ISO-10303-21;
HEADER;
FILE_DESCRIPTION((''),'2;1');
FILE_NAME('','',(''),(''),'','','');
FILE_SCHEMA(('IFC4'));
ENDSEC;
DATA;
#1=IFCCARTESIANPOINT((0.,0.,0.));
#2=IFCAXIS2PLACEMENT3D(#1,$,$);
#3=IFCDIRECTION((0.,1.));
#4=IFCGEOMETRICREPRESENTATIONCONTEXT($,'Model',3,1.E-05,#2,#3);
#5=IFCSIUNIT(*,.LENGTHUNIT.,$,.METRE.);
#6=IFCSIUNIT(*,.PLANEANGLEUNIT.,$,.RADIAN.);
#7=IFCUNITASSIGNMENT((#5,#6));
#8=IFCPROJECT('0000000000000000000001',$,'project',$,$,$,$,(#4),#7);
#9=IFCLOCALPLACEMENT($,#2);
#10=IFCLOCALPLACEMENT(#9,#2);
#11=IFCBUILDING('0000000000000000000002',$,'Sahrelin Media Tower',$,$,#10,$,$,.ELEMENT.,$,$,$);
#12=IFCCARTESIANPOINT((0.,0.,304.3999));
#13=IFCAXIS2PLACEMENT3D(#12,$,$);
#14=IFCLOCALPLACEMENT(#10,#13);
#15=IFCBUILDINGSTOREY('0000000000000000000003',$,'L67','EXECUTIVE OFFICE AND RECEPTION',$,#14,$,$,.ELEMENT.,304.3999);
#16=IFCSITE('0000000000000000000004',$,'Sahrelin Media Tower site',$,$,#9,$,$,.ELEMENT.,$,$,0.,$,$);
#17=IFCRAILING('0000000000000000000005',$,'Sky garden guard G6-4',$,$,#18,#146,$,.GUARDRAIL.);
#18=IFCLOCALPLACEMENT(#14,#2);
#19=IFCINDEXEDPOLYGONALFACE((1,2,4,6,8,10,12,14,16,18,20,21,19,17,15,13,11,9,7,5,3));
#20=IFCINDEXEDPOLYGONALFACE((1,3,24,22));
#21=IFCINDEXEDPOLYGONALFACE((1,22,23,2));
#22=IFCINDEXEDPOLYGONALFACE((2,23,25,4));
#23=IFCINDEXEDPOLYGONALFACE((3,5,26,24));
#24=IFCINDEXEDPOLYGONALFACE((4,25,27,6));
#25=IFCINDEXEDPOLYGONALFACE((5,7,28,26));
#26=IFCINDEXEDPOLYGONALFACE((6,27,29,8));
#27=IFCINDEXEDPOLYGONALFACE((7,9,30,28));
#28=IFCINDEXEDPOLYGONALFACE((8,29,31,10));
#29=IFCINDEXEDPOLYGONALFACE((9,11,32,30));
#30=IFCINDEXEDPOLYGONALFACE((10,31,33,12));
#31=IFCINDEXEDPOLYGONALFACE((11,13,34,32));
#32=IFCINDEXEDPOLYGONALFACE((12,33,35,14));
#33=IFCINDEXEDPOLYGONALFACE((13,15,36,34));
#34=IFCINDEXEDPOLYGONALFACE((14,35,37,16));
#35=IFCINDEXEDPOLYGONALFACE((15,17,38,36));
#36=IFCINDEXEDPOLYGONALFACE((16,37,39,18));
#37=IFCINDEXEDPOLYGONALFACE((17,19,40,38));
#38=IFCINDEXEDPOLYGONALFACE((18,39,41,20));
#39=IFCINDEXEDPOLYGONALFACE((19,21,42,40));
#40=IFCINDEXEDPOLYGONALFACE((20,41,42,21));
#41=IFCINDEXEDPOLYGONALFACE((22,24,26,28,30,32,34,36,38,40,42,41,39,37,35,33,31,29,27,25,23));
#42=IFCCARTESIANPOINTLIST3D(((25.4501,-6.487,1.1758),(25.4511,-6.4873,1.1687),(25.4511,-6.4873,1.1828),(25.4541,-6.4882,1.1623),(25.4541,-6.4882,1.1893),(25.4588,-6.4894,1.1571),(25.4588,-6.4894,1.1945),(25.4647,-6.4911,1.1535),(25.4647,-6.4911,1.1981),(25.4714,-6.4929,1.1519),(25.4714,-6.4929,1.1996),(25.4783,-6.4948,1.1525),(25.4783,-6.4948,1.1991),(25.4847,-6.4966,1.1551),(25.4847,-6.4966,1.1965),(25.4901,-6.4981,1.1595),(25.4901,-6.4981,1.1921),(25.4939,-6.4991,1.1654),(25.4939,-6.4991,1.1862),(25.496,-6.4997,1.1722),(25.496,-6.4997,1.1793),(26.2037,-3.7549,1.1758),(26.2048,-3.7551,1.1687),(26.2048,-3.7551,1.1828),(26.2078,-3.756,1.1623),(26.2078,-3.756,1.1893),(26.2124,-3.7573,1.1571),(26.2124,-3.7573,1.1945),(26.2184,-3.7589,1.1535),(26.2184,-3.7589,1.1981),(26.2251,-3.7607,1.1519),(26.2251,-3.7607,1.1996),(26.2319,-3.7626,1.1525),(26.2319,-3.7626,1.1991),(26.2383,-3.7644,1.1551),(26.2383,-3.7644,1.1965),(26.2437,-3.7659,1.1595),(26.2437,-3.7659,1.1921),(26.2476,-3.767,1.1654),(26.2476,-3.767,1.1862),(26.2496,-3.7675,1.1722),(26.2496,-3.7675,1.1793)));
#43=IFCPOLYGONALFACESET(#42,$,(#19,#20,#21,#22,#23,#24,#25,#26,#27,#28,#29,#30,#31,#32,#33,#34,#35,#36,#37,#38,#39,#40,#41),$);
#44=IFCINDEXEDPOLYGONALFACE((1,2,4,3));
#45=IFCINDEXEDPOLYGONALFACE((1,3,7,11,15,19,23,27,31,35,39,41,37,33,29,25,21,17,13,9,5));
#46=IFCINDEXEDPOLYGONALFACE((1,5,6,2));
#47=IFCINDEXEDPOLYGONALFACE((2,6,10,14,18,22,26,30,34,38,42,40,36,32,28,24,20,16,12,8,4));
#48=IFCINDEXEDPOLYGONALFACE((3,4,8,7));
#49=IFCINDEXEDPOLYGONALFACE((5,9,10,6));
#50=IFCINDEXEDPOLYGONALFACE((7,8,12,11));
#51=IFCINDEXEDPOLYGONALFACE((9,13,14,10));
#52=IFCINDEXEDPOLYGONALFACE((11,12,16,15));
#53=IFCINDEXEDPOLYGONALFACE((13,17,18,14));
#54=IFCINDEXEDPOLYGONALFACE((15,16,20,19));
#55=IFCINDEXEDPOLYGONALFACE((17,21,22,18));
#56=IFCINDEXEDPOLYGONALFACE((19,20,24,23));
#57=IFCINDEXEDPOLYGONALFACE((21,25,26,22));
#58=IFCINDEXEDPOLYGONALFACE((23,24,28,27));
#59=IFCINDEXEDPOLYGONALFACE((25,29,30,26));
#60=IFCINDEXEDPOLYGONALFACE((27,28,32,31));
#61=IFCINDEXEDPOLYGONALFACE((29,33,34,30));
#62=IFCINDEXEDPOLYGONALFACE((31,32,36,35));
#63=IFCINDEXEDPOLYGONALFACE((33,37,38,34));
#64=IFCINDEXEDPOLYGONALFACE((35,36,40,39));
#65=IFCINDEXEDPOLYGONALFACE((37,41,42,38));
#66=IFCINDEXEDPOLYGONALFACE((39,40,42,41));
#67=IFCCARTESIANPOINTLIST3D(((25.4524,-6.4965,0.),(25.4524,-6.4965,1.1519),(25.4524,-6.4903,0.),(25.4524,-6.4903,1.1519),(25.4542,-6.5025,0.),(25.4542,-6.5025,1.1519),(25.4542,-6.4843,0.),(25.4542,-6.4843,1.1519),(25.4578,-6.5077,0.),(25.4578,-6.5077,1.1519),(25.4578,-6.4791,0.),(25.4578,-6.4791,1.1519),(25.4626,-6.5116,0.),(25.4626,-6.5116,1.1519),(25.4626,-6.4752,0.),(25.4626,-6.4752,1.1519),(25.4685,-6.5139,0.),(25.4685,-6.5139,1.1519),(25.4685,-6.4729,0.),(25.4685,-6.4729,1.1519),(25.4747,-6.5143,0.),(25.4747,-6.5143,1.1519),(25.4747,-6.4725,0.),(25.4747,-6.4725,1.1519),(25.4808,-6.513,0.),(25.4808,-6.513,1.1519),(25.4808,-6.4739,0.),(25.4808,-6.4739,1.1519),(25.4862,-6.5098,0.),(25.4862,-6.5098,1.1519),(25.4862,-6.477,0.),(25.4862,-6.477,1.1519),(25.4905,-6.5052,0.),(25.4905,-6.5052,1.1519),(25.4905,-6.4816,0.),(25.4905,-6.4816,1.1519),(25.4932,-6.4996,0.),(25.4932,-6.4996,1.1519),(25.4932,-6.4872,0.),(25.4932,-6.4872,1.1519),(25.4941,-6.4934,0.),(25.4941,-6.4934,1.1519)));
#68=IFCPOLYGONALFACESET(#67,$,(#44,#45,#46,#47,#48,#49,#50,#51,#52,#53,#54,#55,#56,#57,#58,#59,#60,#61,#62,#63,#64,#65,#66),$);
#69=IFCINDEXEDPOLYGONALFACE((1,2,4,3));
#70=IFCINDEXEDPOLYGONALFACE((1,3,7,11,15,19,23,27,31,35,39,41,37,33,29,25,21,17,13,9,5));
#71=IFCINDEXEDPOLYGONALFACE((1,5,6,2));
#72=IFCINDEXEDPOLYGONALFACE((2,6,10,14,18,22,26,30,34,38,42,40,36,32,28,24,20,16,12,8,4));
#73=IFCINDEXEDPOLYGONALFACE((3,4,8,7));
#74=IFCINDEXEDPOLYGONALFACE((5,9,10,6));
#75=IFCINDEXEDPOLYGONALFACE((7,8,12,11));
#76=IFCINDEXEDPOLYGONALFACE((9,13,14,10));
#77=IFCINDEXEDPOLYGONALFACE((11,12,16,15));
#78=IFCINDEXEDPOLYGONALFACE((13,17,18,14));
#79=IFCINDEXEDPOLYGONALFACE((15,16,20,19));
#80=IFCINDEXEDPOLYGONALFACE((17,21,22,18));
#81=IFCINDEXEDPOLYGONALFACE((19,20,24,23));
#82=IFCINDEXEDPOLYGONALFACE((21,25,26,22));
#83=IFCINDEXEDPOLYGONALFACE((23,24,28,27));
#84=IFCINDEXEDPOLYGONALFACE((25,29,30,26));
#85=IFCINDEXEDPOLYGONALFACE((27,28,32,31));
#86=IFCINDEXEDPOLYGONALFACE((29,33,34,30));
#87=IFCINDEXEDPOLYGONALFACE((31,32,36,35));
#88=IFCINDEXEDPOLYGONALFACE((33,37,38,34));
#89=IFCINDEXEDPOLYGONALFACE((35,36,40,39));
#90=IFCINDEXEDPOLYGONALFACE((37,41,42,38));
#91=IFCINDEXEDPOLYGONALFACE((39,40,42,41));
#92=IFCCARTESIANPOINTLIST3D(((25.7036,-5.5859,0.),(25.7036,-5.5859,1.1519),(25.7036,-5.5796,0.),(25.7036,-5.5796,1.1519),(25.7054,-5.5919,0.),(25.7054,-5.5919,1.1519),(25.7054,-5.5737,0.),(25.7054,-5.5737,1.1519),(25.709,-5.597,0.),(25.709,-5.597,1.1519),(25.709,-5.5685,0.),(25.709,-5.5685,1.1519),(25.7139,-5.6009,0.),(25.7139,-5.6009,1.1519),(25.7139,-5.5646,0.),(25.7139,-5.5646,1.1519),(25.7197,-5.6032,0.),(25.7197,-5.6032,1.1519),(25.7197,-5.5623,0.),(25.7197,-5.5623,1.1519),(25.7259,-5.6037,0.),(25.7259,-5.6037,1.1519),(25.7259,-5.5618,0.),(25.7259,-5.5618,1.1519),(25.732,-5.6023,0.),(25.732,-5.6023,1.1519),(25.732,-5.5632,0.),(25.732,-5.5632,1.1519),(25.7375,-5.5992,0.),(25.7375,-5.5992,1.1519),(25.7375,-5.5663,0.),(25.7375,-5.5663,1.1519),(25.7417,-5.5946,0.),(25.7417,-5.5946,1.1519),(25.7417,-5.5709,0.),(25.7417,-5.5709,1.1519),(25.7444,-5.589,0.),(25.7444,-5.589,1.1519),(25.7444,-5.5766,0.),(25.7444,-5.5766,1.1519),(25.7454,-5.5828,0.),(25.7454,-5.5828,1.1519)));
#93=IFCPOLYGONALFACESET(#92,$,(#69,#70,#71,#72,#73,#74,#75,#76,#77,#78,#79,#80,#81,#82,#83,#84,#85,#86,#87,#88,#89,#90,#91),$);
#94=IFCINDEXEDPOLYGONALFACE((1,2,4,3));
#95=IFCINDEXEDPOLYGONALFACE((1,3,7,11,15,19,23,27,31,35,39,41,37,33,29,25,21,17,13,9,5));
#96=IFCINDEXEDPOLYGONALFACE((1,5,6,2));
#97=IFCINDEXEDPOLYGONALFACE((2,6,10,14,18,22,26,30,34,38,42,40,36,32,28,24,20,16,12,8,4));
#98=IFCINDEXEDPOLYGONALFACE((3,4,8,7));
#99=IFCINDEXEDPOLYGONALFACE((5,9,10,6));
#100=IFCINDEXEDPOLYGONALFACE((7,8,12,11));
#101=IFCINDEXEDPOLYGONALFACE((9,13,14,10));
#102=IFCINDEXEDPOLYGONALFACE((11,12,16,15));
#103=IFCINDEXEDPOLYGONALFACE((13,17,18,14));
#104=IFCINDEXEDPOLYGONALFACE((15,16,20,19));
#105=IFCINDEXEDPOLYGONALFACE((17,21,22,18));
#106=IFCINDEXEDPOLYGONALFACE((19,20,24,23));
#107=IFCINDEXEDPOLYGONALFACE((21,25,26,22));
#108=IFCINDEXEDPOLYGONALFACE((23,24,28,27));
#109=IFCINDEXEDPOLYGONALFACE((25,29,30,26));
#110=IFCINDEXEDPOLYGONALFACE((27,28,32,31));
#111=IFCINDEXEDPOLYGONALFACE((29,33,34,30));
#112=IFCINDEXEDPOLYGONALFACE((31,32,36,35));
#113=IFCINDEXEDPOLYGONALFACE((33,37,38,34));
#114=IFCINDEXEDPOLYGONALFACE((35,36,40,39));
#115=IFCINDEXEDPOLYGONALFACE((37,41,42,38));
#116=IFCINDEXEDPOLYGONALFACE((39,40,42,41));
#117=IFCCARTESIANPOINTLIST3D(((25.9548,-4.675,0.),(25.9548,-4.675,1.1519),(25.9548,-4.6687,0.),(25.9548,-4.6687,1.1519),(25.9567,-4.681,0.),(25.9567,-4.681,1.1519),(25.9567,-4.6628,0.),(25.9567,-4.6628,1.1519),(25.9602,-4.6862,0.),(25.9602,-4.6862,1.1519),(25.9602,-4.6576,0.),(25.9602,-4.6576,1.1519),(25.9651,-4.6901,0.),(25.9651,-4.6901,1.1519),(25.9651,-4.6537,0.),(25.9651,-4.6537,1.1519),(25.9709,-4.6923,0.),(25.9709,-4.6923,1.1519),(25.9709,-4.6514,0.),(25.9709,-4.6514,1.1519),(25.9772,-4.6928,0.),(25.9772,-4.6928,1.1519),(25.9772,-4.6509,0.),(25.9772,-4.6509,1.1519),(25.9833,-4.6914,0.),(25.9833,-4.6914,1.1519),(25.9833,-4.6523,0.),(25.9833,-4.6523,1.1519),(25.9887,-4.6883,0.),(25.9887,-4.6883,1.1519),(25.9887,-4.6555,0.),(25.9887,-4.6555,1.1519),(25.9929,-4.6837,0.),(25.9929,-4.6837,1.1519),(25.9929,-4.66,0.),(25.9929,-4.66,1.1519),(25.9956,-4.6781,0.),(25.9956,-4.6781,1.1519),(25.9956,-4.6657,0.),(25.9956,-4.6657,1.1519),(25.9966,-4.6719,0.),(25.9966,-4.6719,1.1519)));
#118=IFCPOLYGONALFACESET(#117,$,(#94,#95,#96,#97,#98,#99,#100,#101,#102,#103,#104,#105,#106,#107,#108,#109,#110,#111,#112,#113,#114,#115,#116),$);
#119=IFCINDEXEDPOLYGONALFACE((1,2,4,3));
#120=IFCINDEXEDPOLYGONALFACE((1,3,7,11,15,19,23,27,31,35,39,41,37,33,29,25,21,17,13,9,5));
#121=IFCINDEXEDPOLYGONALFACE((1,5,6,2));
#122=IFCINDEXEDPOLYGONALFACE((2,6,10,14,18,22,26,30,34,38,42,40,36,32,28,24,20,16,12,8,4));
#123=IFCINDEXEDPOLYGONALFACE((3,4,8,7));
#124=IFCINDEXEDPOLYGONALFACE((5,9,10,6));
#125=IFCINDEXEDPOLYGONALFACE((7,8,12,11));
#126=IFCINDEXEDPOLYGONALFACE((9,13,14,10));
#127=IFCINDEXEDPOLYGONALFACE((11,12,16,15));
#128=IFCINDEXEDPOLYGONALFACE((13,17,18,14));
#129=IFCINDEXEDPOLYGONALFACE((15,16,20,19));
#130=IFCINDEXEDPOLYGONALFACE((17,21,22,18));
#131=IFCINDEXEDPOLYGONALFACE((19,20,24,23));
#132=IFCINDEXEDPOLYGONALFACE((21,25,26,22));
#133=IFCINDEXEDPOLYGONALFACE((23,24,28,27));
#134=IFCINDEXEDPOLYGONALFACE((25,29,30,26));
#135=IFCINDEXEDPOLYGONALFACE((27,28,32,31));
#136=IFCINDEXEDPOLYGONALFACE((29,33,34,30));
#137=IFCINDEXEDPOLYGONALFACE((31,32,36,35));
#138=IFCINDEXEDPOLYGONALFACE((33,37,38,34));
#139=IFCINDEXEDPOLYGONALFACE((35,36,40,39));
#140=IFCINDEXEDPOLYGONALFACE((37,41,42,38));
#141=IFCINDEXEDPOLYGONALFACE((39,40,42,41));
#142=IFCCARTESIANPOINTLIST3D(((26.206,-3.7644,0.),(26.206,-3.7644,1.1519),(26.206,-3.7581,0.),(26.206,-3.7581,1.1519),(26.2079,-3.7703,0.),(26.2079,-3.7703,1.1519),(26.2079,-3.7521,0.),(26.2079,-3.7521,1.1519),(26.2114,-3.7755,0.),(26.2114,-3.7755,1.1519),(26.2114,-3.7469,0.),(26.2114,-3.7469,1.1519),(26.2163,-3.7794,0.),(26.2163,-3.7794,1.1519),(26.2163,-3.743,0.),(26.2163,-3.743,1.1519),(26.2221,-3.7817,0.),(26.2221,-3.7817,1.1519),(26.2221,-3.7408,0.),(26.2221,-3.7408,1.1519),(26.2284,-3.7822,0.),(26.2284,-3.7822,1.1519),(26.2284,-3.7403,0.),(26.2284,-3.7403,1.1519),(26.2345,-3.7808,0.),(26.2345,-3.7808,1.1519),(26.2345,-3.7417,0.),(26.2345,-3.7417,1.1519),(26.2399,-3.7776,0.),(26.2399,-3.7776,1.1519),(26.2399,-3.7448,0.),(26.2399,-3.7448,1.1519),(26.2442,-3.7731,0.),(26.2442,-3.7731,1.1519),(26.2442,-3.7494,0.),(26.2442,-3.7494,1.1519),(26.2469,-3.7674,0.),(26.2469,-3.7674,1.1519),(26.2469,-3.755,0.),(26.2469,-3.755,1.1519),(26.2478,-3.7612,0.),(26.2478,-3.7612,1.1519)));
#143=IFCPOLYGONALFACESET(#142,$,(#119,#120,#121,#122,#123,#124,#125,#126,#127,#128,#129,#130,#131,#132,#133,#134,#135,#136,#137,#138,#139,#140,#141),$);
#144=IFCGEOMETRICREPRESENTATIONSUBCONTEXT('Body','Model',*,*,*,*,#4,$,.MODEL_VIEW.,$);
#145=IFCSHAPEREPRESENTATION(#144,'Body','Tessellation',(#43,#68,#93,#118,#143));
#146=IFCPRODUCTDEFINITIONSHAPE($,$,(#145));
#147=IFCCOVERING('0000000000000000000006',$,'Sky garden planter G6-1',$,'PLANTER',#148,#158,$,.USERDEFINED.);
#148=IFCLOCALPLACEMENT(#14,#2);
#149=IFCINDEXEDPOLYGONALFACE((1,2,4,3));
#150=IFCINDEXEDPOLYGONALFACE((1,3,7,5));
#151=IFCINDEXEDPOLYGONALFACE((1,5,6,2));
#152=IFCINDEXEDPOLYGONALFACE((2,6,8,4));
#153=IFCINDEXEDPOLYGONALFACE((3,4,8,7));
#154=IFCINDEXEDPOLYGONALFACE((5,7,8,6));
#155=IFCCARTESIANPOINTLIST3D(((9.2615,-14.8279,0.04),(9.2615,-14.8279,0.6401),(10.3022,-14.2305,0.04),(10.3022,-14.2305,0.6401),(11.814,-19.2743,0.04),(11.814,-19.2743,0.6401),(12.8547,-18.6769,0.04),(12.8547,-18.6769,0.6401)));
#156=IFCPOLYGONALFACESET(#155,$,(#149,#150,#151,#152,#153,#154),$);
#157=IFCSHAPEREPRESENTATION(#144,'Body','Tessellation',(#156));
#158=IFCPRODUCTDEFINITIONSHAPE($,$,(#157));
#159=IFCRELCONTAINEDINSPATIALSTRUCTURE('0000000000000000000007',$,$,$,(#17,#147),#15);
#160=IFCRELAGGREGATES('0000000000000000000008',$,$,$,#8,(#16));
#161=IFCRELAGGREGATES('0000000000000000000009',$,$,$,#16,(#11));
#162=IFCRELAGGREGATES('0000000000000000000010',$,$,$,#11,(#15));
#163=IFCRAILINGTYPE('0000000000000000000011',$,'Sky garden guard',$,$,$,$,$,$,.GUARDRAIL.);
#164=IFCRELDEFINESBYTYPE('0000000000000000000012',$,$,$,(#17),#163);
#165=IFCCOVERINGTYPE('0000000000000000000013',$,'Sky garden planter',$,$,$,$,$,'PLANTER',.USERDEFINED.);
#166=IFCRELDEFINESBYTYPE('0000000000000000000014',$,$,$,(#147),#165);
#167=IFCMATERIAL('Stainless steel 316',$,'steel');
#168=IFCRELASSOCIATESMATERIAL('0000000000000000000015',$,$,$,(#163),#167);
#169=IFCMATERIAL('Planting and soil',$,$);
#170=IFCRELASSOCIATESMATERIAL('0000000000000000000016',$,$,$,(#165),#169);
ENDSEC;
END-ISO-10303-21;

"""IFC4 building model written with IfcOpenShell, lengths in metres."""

from ifc_helpers import new_model, si_unit, direction, frame, origin, origin_2d, place, context, subcontext, project, spatial, rectangle, circle, extrude, material, type_object, element, save


model = new_model("IFC4")

# Units and contexts
model_context = context("Model", 3, precision=1e-05, world=origin(), true_north=direction((0.0, 1.0)))
body_context = subcontext(model_context, "Body", "Model", "MODEL_VIEW")
ifc_project = project(units=[si_unit("LENGTHUNIT", "METRE"), si_unit("PLANEANGLEUNIT", "RADIAN")], contexts=[model_context])

# Site, building, storey
site_placement = place(None, origin())
site = spatial("IfcSite", under=ifc_project, at=site_placement, Name="Sahrelin Media Tower site", CompositionType="ELEMENT", RefElevation=0.0)
building_placement = place(site_placement, origin())
building = spatial("IfcBuilding", under=site, at=building_placement, Name="Sahrelin Media Tower", CompositionType="ELEMENT")
storey_placement = place(building_placement, frame((0.0, 0.0, 304.3999)))
storey = spatial("IfcBuildingStorey", under=building, at=storey_placement, Name="L67", Description="EXECUTIVE OFFICE AND RECEPTION", CompositionType="ELEMENT", Elevation=304.3999)

# Railing
ifc_material_1 = material(Name="Stainless steel 316", Category="steel")
railing_type = type_object("IfcRailingType", Name="Sky garden guard", PredefinedType="GUARDRAIL", material=ifc_material_1)
railing_1_placement = place(storey_placement, frame((25.4731, -6.4934, 0.0)))
element("IfcRailing", 1, at=railing_1_placement, inside=storey, type_object=railing_type, Name="Sky garden guard G6-4", PredefinedType="GUARDRAIL", context=body_context, shape_type="SweptSolid", body=[
    extrude(circle(Radius=0.0239, at=origin_2d()), frame((0.0, 0.0, 1.1758), z_axis=(0.265915, 0.963996, 0.0), x_axis=(-0.963996, 0.265915, 0.0)), (0.0, 0.0, 1.0), 2.8342),
    extrude(circle(Radius=0.021, at=origin_2d()), origin(), (0.0, 0.0, 1.0), 1.1519),
    extrude(circle(Radius=0.021, at=origin_2d()), frame((0.2512, 0.9106, 0.0)), (0.0, 0.0, 1.0), 1.1519),
    extrude(circle(Radius=0.021, at=origin_2d()), frame((0.5024, 1.8215, 0.0)), (0.0, 0.0, 1.0), 1.1519),
    extrude(circle(Radius=0.021, at=origin_2d()), frame((0.7537, 2.7322, 0.0)), (0.0, 0.0, 1.0), 1.1519),
])

# Covering
ifc_material_2 = material(Name="Planting and soil")
covering_type = type_object("IfcCoveringType", Name="Sky garden planter", ElementType="PLANTER", PredefinedType="USERDEFINED", material=ifc_material_2)
covering_placement = place(storey_placement, frame((11.0581, -16.7524, 0.04), z_axis=(0.0, 0.0, 1.0), x_axis=(-0.497858, 0.867258, 0.0)))
element("IfcCovering", 2, at=covering_placement, inside=storey, type_object=covering_type, Name="Sky garden planter G6-1", ObjectType="PLANTER", PredefinedType="USERDEFINED", context=body_context, shape_type="SweptSolid", body=[
    extrude(rectangle(XDim=5.127, YDim=1.2, at=origin_2d()), origin(), (0.0, 0.0, 1.0), 0.6001),
])

save(model, "model.ifc")
